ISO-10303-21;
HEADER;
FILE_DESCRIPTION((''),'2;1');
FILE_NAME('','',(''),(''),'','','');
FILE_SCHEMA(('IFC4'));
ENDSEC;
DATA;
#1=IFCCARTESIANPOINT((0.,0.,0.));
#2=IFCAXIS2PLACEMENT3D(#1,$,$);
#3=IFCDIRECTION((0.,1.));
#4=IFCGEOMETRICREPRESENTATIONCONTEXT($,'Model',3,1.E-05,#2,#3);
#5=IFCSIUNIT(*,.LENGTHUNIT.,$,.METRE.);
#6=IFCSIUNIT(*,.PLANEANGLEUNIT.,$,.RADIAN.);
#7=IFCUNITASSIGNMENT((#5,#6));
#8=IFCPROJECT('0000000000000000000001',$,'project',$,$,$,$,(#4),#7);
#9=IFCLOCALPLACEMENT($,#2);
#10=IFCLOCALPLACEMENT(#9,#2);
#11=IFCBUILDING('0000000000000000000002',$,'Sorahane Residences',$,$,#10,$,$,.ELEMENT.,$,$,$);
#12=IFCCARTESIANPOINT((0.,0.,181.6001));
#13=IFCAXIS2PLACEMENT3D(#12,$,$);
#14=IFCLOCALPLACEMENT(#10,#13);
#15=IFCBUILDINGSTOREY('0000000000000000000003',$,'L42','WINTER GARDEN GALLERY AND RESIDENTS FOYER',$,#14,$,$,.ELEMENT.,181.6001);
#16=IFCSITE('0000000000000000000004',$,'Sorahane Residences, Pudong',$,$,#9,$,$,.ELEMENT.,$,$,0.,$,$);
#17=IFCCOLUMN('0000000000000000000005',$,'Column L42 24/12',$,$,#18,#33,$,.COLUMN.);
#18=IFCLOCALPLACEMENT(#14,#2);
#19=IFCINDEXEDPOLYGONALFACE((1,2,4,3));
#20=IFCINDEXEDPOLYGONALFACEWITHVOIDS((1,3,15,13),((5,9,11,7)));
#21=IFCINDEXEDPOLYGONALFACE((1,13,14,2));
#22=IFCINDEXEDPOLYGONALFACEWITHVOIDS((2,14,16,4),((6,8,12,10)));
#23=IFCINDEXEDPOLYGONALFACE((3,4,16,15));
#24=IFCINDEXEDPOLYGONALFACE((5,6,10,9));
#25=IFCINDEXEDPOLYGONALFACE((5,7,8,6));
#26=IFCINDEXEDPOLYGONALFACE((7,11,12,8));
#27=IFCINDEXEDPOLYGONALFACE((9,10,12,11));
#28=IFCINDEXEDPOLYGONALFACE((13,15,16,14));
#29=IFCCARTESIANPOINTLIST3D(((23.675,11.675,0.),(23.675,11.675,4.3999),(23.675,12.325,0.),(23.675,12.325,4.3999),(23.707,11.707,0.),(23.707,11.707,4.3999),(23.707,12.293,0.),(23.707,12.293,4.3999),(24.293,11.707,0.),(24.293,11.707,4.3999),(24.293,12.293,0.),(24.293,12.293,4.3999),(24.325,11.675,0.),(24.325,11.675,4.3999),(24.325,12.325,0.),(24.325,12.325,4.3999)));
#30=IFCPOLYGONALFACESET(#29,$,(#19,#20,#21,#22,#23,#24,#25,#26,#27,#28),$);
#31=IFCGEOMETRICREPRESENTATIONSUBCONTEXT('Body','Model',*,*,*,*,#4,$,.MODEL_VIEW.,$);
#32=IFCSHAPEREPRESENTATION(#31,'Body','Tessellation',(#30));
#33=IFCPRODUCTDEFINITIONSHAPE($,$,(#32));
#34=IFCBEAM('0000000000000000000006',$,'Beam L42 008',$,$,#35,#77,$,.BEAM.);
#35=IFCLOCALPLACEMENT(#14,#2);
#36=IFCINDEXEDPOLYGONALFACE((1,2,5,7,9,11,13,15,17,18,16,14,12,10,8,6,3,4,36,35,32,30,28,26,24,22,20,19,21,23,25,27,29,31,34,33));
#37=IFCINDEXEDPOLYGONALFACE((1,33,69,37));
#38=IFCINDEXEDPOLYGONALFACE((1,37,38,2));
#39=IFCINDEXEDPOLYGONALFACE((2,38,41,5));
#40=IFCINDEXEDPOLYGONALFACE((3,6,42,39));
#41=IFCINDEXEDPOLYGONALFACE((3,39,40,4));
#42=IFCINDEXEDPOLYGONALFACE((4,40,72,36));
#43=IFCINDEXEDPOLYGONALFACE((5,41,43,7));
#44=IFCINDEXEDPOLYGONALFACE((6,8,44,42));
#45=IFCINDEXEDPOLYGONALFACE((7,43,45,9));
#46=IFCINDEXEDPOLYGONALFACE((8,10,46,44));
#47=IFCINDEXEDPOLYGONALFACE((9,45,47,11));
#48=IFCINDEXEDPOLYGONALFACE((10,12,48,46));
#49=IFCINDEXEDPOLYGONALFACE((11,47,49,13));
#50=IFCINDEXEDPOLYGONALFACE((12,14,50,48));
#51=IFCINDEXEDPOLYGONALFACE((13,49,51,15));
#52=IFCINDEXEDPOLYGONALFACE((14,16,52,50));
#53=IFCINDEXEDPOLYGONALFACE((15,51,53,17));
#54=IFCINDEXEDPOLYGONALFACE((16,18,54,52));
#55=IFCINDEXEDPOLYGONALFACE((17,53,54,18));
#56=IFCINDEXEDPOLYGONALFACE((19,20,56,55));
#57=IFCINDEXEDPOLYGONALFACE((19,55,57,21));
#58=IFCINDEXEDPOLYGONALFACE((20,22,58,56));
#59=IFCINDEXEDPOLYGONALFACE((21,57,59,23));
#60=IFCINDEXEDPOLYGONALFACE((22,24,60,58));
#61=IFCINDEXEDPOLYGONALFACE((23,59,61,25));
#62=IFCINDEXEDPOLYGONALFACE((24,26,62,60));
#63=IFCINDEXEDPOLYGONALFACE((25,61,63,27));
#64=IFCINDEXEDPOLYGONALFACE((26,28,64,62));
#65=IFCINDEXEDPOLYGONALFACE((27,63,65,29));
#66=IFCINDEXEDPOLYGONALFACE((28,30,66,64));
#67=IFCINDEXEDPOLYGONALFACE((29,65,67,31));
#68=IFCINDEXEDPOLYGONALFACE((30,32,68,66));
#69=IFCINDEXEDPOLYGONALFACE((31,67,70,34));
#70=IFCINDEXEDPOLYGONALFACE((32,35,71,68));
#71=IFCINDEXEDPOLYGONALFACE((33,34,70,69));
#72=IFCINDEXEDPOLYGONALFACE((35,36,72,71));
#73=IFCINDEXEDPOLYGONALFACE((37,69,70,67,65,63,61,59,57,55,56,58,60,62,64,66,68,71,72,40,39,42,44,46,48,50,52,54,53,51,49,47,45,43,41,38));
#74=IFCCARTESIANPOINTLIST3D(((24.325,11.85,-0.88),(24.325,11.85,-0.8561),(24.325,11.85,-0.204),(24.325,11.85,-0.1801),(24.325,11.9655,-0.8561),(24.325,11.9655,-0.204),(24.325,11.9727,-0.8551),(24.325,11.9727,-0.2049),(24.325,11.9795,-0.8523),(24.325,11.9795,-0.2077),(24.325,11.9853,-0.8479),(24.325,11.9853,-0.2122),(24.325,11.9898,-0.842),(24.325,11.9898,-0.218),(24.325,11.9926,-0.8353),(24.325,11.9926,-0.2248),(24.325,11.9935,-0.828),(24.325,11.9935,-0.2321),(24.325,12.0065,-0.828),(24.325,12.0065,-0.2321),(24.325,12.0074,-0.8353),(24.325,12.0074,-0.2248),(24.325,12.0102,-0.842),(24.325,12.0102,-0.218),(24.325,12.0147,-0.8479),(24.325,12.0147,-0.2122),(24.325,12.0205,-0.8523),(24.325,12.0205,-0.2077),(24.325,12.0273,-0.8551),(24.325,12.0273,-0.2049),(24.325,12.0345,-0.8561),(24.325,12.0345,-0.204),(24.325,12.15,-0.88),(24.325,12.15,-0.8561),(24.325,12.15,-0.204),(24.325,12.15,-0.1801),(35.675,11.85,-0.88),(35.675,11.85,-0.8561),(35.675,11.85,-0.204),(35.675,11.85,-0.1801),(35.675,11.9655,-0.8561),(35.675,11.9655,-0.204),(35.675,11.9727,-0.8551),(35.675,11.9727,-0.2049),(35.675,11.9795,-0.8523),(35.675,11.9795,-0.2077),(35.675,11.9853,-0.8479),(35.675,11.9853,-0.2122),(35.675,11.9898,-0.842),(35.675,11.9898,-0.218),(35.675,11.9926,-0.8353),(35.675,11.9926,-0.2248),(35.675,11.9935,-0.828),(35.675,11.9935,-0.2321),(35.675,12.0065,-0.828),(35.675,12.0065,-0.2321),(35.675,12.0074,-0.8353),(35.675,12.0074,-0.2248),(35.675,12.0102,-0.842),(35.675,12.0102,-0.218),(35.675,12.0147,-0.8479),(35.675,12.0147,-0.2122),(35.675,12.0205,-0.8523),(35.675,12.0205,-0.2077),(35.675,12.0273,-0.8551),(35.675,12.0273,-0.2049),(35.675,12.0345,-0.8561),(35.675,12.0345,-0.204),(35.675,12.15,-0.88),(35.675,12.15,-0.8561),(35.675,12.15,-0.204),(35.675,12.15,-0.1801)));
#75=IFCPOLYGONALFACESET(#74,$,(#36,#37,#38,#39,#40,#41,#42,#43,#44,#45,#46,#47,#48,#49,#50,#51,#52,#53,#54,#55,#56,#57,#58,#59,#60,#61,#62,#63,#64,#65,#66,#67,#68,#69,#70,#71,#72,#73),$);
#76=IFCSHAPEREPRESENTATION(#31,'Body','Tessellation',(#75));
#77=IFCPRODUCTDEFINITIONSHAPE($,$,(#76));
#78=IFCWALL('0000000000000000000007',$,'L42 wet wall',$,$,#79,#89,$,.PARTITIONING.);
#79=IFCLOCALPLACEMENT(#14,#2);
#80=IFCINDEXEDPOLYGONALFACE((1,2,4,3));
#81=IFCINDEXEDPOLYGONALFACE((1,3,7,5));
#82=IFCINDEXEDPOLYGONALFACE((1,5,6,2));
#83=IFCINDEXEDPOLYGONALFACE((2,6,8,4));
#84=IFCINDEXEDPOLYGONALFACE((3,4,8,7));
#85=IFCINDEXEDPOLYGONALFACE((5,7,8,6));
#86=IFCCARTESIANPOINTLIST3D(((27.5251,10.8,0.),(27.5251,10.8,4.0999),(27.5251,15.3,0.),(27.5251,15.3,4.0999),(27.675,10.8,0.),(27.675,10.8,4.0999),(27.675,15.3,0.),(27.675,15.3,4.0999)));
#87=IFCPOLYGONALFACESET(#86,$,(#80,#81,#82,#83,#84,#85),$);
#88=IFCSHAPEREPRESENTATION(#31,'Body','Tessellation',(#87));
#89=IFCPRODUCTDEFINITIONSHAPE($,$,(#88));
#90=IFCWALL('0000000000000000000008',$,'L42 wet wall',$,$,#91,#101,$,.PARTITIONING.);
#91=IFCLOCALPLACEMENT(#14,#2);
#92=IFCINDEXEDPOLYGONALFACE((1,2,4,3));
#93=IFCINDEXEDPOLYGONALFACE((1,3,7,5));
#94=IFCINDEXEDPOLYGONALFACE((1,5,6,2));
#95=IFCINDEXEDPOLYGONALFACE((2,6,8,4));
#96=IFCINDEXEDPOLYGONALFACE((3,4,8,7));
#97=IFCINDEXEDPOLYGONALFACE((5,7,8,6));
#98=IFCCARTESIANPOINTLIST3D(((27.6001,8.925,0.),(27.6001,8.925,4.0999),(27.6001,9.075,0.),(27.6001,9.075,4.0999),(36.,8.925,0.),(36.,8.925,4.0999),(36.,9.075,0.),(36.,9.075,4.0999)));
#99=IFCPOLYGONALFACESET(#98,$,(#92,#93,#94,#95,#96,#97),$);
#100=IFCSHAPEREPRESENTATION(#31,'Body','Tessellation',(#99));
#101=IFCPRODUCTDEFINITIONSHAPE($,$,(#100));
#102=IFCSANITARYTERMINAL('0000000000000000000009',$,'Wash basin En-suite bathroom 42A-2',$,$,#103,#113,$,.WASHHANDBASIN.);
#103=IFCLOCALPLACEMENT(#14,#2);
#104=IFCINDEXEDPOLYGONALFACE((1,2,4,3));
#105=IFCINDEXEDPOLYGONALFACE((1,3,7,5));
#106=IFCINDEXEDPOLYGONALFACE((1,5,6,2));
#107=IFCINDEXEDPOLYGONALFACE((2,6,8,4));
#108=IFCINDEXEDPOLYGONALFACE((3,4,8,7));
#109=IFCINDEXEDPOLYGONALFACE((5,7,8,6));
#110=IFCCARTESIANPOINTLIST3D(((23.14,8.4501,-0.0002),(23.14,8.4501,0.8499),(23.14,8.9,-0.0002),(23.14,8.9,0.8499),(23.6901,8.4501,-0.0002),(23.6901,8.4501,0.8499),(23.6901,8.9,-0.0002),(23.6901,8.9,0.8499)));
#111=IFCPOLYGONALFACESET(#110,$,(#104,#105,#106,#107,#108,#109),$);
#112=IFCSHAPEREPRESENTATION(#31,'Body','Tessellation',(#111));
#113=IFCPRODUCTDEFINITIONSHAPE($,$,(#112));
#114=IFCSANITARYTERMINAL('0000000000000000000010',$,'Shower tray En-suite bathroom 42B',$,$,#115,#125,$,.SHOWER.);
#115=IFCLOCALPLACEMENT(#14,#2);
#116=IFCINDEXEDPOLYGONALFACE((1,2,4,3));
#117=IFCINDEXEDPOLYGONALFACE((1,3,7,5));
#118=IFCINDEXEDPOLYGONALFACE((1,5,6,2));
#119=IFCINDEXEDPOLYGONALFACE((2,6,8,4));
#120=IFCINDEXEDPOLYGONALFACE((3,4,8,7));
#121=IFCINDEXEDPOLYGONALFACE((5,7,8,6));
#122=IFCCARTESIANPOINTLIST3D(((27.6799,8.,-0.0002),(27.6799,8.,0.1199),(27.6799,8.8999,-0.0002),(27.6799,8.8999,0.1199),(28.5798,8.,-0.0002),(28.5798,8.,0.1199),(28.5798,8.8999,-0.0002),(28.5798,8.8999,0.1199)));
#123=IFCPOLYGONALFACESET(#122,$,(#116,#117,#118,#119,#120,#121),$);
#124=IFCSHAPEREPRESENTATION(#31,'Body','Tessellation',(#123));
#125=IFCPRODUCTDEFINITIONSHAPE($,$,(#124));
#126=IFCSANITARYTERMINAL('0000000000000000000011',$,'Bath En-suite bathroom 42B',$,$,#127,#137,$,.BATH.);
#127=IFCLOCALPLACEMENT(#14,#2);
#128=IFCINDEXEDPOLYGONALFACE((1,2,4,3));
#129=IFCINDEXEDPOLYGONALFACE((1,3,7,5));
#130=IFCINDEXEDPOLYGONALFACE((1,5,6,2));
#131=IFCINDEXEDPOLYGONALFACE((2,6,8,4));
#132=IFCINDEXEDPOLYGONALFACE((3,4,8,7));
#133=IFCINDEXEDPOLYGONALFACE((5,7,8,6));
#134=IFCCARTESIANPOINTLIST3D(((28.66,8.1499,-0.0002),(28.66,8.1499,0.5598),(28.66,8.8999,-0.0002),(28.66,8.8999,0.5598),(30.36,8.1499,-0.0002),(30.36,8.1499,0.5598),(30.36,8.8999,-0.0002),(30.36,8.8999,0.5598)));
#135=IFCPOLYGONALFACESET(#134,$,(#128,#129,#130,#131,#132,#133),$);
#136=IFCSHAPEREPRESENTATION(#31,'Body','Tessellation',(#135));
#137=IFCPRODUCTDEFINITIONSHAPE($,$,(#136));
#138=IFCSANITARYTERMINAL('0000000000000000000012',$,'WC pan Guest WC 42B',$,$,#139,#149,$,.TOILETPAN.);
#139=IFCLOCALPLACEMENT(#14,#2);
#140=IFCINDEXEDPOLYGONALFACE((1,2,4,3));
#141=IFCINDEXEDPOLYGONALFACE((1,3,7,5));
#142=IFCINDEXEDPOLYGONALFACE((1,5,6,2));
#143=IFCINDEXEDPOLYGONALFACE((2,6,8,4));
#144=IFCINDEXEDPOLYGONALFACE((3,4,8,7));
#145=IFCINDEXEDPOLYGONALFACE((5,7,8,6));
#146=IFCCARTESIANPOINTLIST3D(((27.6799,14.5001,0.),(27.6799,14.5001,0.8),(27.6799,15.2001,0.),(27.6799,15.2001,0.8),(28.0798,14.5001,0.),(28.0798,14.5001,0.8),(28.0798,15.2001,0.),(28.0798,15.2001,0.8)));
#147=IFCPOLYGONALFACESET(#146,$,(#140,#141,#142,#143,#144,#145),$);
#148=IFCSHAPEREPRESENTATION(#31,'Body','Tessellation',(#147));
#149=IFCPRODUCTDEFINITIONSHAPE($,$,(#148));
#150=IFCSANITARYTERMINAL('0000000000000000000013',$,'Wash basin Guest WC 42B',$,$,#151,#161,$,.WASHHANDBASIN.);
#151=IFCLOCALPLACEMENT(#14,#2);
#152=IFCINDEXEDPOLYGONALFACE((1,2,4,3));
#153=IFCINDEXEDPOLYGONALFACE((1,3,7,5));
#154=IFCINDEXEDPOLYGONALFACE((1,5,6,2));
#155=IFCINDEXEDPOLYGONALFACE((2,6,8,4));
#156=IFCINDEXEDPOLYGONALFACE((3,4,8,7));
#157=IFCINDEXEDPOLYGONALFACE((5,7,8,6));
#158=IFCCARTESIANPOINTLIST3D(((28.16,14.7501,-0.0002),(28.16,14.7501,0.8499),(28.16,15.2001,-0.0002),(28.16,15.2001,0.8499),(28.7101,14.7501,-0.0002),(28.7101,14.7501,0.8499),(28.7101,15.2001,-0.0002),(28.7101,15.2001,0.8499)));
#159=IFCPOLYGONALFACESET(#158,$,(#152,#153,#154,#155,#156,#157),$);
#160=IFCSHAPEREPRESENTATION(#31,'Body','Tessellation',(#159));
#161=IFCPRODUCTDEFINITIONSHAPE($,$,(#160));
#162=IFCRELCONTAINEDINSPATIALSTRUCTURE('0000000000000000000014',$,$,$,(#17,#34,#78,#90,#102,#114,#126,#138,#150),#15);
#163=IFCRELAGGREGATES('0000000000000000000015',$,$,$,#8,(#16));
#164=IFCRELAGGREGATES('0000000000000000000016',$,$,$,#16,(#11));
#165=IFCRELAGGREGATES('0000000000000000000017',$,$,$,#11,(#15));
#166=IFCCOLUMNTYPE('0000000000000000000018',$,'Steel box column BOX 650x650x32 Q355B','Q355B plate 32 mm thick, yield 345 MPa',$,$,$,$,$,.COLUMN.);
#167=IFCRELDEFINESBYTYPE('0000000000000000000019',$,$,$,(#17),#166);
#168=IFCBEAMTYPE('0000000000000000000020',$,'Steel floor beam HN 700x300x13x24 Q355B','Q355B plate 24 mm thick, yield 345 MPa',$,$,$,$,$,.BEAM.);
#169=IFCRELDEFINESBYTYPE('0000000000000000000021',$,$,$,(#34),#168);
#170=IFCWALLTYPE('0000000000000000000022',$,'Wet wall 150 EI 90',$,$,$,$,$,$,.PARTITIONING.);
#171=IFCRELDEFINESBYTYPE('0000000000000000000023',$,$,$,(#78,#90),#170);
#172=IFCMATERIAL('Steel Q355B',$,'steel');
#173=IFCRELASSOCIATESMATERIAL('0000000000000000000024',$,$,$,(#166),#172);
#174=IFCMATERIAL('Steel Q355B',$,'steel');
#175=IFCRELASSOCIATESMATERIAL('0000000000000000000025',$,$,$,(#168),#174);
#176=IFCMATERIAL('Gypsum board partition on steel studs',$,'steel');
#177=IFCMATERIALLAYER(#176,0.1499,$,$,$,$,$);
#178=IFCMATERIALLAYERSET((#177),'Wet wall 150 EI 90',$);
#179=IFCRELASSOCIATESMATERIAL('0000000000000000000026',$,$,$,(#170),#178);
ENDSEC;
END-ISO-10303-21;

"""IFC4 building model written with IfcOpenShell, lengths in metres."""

from ifc_helpers import new_model, si_unit, direction, frame, frame_2d, origin, origin_2d, place, context, subcontext, project, spatial, rectangle, hollow_rectangle, i_section, extrude, material, layer, layer_set, material_profile, profile_set, type_object, element, save


model = new_model("IFC4")

# Units and contexts
model_context = context("Model", 3, precision=1e-05, world=origin(), true_north=direction((0.0, 1.0)))
body_context = subcontext(model_context, "Body", "Model", "MODEL_VIEW")
ifc_project = project(units=[si_unit("LENGTHUNIT", "METRE"), si_unit("PLANEANGLEUNIT", "RADIAN")], contexts=[model_context])

# Site, building, storey
site_placement = place(None, origin())
site = spatial("IfcSite", under=ifc_project, at=site_placement, Name="Sorahane Residences, Pudong", CompositionType="ELEMENT", RefElevation=0.0)
building_placement = place(site_placement, origin())
building = spatial("IfcBuilding", under=site, at=building_placement, Name="Sorahane Residences", CompositionType="ELEMENT")
storey_placement = place(building_placement, frame((0.0, 0.0, 181.6001)))
storey = spatial("IfcBuildingStorey", under=building, at=storey_placement, Name="L42", Description="WINTER GARDEN GALLERY AND RESIDENTS FOYER", CompositionType="ELEMENT", Elevation=181.6001)

# Column
ifc_material_1 = material(Name="Steel Q355B", Category="steel")
ifc_material_profile_1 = material_profile(ifc_material_1, hollow_rectangle(XDim=0.6499, YDim=0.6499, WallThickness=0.032, at=origin_2d()), Name="BOX 650x650x32")
ifc_profile_set_1 = profile_set([ifc_material_profile_1], Name="Steel Q355B")
column_type = type_object("IfcColumnType", Name="Steel box column BOX 650x650x32 Q355B", Description="Q355B plate 32 mm thick, yield 345 MPa", PredefinedType="COLUMN", material=ifc_profile_set_1)
column_placement = place(storey_placement, frame((24.0, 12.0, 0.0), z_axis=(0.0, 0.0, 1.0), x_axis=(1.0, 0.0, 0.0)))
element("IfcColumn", 1, at=column_placement, inside=storey, type_object=column_type, Name="Column L42 24/12", PredefinedType="COLUMN", context=body_context, shape_type="SweptSolid", body=[
    extrude(hollow_rectangle(XDim=0.6499, YDim=0.6499, WallThickness=0.032, at=origin_2d()), origin(), (0.0, 0.0, 1.0), 4.3999),
])

# Beam
ifc_material_2 = material(Name="Steel Q355B", Category="steel")
ifc_material_profile_2 = material_profile(ifc_material_2, i_section(OverallWidth=0.3, OverallDepth=0.7, WebThickness=0.0129, FlangeThickness=0.0239, FilletRadius=0.0281, at=origin_2d()), Name="HN 700x300x13x24")
ifc_profile_set_2 = profile_set([ifc_material_profile_2], Name="Steel Q355B")
beam_type = type_object("IfcBeamType", Name="Steel floor beam HN 700x300x13x24 Q355B", Description="Q355B plate 24 mm thick, yield 345 MPa", PredefinedType="BEAM", material=ifc_profile_set_2)
beam_placement = place(storey_placement, frame((24.325, 12.0, -0.53), z_axis=(1.0, 0.0, 0.0), x_axis=(0.0, 1.0, 0.0)))
element("IfcBeam", 2, at=beam_placement, inside=storey, type_object=beam_type, Name="Beam L42 008", PredefinedType="BEAM", context=body_context, shape_type="SweptSolid", body=[
    extrude(i_section(OverallWidth=0.3, OverallDepth=0.7, WebThickness=0.0129, FlangeThickness=0.0239, FilletRadius=0.0281, at=origin_2d()), origin(), (0.0, 0.0, 1.0), 11.3501),
])

# Wall
ifc_material_3 = material(Name="Gypsum board partition on steel studs", Category="steel")
ifc_layer_1 = layer(ifc_material_3, 0.1499)
ifc_layer_set_1 = layer_set([ifc_layer_1], Name="Wet wall 150 EI 90")
wall_type_1 = type_object("IfcWallType", Name="Wet wall 150 EI 90", PredefinedType="PARTITIONING", material=ifc_layer_set_1)
wall_1_placement = place(storey_placement, frame((27.6001, 10.8, 0.0), z_axis=(0.0, 0.0, 1.0), x_axis=(0.0, 1.0, 0.0)))
element("IfcWall", 3, at=wall_1_placement, inside=storey, type_object=wall_type_1, Name="L42 wet wall", PredefinedType="PARTITIONING", context=body_context, shape_type="SweptSolid", body=[
    extrude(rectangle(XDim=4.5, YDim=0.1499, at=frame_2d((2.25, 0.0))), origin(), (0.0, 0.0, 1.0), 4.0999),
])

# Wall
wall_2_placement = place(storey_placement, frame((27.6001, 9.0, 0.0), z_axis=(0.0, 0.0, 1.0), x_axis=(1.0, 0.0, 0.0)))
element("IfcWall", 4, at=wall_2_placement, inside=storey, type_object=wall_type_1, Name="L42 wet wall", PredefinedType="PARTITIONING", context=body_context, shape_type="SweptSolid", body=[
    extrude(rectangle(XDim=8.3999, YDim=0.1499, at=frame_2d((4.2, 0.0))), origin(), (0.0, 0.0, 1.0), 4.0999),
])

# Sanitary terminals
sanitary_terminal_1_placement = place(storey_placement, frame((23.415, 8.675, -0.0002), z_axis=(0.0, 0.0, 1.0), x_axis=(1.0, 0.0, 0.0)))
element("IfcSanitaryTerminal", 5, at=sanitary_terminal_1_placement, inside=storey, Name="Wash basin En-suite bathroom 42A-2", PredefinedType="WASHHANDBASIN", context=body_context, shape_type="SweptSolid", body=[
    extrude(rectangle(XDim=0.55, YDim=0.45, at=origin_2d()), origin(), (0.0, 0.0, 1.0), 0.8501),
])
sanitary_terminal_2_placement = place(storey_placement, frame((28.1299, 8.45, -0.0002), z_axis=(0.0, 0.0, 1.0), x_axis=(1.0, 0.0, 0.0)))
element("IfcSanitaryTerminal", 6, at=sanitary_terminal_2_placement, inside=storey, Name="Shower tray En-suite bathroom 42B", PredefinedType="SHOWER", context=body_context, shape_type="SweptSolid", body=[
    extrude(rectangle(XDim=0.8999, YDim=0.8999, at=origin_2d()), origin(), (0.0, 0.0, 1.0), 0.1201),
])
sanitary_terminal_3_placement = place(storey_placement, frame((29.51, 8.5249, -0.0002), z_axis=(0.0, 0.0, 1.0), x_axis=(1.0, 0.0, 0.0)))
element("IfcSanitaryTerminal", 7, at=sanitary_terminal_3_placement, inside=storey, Name="Bath En-suite bathroom 42B", PredefinedType="BATH", context=body_context, shape_type="SweptSolid", body=[
    extrude(rectangle(XDim=1.7, YDim=0.75, at=origin_2d()), origin(), (0.0, 0.0, 1.0), 0.5601),
])
sanitary_terminal_4_placement = place(storey_placement, frame((27.8799, 14.8501, 0.0), z_axis=(0.0, 0.0, 1.0), x_axis=(1.0, 0.0, 0.0)))
element("IfcSanitaryTerminal", 8, at=sanitary_terminal_4_placement, inside=storey, Name="WC pan Guest WC 42B", PredefinedType="TOILETPAN", context=body_context, shape_type="SweptSolid", body=[
    extrude(rectangle(XDim=0.3999, YDim=0.7, at=origin_2d()), origin(), (0.0, 0.0, 1.0), 0.8),
])
sanitary_terminal_5_placement = place(storey_placement, frame((28.4351, 14.9751, -0.0002), z_axis=(0.0, 0.0, 1.0), x_axis=(1.0, 0.0, 0.0)))
element("IfcSanitaryTerminal", 9, at=sanitary_terminal_5_placement, inside=storey, Name="Wash basin Guest WC 42B", PredefinedType="WASHHANDBASIN", context=body_context, shape_type="SweptSolid", body=[
    extrude(rectangle(XDim=0.55, YDim=0.45, at=origin_2d()), origin(), (0.0, 0.0, 1.0), 0.8501),
])

save(model, "model.ifc")
